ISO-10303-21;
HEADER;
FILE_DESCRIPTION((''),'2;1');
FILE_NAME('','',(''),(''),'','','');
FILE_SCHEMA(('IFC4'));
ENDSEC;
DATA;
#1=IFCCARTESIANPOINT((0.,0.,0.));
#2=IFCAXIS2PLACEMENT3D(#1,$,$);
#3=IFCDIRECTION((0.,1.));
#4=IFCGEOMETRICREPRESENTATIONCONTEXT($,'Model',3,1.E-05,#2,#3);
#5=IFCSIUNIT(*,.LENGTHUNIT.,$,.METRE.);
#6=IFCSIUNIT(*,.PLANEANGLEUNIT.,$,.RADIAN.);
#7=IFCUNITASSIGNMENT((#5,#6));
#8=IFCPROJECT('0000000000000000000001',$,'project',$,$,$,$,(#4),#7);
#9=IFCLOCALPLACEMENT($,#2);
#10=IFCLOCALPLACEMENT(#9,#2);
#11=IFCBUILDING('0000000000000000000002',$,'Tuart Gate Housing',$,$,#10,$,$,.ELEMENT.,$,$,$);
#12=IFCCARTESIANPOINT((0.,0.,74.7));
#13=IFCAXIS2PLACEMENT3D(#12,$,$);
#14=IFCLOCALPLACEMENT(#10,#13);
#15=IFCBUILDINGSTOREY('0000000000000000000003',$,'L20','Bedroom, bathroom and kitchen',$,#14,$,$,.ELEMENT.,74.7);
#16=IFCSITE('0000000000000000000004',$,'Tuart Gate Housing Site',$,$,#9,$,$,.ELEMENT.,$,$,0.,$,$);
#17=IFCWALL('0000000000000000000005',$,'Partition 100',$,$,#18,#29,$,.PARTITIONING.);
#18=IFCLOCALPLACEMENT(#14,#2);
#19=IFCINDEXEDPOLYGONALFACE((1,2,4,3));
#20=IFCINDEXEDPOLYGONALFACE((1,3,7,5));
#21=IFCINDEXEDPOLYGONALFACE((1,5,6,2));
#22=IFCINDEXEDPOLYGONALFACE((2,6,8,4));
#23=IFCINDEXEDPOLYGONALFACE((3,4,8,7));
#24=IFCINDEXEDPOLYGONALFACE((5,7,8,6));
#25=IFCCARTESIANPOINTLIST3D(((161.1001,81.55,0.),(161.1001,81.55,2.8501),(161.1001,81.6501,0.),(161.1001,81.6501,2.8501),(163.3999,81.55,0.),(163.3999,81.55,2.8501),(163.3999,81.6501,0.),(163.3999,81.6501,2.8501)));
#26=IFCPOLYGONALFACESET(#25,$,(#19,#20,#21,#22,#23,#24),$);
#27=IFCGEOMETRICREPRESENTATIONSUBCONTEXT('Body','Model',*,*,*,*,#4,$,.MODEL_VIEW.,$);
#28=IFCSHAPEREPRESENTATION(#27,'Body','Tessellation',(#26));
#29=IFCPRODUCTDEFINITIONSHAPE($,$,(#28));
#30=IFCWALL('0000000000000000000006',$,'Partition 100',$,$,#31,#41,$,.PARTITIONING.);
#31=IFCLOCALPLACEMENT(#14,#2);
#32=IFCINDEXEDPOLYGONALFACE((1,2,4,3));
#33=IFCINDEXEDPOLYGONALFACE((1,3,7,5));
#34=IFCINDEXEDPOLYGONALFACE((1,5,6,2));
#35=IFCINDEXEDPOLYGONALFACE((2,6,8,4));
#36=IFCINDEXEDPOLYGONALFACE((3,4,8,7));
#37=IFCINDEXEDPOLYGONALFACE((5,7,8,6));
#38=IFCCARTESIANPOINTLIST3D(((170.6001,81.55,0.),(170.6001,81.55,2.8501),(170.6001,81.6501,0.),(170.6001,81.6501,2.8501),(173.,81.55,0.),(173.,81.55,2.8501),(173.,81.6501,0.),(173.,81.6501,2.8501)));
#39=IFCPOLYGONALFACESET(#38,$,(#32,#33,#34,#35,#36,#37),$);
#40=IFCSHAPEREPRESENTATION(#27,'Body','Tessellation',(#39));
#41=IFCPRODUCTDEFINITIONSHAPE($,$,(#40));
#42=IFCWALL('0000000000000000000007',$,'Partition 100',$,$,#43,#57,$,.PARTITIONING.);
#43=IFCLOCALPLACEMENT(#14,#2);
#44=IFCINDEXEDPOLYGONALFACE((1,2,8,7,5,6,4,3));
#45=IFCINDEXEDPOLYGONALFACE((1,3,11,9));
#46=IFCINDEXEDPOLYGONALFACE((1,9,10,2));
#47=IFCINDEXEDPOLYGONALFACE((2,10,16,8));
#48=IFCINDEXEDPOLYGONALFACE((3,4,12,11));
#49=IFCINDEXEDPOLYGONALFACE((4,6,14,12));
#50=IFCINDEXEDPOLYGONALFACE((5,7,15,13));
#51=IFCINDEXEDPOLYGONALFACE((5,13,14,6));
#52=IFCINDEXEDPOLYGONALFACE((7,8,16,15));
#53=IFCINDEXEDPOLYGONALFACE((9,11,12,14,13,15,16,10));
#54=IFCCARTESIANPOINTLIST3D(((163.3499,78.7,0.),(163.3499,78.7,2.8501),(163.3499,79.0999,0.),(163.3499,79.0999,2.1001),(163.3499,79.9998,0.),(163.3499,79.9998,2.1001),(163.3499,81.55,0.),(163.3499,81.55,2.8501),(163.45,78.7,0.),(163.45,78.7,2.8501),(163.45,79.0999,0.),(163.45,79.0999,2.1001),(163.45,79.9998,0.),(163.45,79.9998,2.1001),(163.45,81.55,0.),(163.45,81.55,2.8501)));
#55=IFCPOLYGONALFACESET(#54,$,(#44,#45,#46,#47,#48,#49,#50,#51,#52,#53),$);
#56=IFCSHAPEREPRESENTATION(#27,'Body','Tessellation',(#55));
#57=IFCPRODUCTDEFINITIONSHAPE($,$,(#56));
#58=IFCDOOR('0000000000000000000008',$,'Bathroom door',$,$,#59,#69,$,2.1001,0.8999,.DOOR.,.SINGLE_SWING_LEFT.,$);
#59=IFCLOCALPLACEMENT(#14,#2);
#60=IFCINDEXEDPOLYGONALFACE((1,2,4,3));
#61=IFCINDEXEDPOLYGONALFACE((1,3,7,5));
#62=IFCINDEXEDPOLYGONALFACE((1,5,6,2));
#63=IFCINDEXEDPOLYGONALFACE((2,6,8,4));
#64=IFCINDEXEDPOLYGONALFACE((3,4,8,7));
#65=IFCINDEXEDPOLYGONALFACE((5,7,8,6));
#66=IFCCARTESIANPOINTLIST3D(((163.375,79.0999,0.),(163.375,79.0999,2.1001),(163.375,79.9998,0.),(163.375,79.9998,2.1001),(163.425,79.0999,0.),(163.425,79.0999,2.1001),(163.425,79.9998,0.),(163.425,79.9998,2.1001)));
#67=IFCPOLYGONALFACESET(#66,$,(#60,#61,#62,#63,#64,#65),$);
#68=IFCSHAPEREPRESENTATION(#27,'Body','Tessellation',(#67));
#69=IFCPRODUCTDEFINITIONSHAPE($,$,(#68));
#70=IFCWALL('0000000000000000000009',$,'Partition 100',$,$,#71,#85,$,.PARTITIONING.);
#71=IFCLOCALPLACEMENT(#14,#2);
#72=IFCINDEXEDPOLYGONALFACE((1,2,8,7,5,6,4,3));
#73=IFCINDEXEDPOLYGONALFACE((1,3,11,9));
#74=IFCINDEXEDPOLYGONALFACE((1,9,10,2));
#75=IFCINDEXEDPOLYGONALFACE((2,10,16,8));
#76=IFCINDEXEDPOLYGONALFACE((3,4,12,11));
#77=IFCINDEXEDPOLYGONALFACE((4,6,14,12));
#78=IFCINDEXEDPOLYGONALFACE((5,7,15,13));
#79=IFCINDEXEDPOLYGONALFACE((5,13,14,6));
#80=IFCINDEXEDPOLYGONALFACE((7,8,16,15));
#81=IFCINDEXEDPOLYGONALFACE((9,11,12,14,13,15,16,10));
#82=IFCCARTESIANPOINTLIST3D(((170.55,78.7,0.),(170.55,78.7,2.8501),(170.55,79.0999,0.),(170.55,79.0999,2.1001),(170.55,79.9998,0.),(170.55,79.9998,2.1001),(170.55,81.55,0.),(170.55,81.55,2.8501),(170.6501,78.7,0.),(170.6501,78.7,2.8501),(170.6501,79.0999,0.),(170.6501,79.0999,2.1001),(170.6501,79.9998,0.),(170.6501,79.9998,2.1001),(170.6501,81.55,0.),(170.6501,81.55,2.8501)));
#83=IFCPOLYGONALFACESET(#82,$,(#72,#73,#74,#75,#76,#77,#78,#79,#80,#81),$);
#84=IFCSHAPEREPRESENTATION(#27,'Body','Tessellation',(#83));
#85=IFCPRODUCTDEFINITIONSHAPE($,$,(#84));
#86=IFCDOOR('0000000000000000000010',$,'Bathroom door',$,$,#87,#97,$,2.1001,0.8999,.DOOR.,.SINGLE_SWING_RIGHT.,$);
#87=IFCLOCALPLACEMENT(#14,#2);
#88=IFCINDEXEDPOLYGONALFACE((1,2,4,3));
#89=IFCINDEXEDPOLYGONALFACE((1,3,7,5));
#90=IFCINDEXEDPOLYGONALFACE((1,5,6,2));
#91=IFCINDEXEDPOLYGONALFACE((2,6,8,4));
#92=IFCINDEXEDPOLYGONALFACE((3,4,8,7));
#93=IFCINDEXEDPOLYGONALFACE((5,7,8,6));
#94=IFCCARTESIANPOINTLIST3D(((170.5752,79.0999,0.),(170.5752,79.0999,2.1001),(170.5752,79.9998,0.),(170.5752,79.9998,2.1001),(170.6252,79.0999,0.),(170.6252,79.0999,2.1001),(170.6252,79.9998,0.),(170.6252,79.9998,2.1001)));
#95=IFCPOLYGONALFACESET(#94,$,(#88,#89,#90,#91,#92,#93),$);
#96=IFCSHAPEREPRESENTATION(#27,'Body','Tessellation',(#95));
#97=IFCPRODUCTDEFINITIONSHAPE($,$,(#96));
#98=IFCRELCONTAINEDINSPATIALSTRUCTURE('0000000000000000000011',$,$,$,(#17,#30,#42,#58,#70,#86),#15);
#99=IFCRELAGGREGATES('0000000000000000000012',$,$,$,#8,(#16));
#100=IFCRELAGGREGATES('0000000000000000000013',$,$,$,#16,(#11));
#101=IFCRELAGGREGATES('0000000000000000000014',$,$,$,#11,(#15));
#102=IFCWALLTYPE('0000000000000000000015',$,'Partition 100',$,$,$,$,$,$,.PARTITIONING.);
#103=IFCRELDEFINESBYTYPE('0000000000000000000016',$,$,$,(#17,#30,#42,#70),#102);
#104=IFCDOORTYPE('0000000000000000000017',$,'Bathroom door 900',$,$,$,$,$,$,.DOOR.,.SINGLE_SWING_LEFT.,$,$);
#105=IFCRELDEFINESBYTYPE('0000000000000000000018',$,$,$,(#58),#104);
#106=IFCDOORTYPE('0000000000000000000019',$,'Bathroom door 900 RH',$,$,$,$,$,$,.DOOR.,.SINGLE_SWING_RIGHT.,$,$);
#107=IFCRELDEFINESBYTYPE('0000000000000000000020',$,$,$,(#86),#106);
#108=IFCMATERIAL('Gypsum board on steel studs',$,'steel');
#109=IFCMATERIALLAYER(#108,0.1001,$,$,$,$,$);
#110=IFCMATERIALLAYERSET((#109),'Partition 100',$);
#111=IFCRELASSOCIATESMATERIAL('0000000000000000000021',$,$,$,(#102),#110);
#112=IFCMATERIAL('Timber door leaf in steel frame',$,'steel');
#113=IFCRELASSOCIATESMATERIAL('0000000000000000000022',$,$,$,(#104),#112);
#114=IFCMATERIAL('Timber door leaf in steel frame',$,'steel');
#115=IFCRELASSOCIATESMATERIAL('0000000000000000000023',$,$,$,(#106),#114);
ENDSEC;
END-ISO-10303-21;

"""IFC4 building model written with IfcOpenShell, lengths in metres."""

from ifc_helpers import new_model, si_unit, direction, frame, frame_2d, origin, place, context, subcontext, project, spatial, rectangle, extrude, material, layer, layer_set, type_object, element, fill, save


model = new_model("IFC4")

# Units and contexts
model_context = context("Model", 3, precision=1e-05, world=origin(), true_north=direction((0.0, 1.0)))
body_context = subcontext(model_context, "Body", "Model", "MODEL_VIEW")
ifc_project = project(units=[si_unit("LENGTHUNIT", "METRE"), si_unit("PLANEANGLEUNIT", "RADIAN")], contexts=[model_context])

# Site, building, storey
site_placement = place(None, origin())
site = spatial("IfcSite", under=ifc_project, at=site_placement, Name="Tuart Gate Housing Site", CompositionType="ELEMENT", RefElevation=0.0)
building_placement = place(site_placement, origin())
building = spatial("IfcBuilding", under=site, at=building_placement, Name="Tuart Gate Housing", CompositionType="ELEMENT")
storey_placement = place(building_placement, frame((0.0, 0.0, 74.7)))
storey = spatial("IfcBuildingStorey", under=building, at=storey_placement, Name="L20", Description="Bedroom, bathroom and kitchen", CompositionType="ELEMENT", Elevation=74.7)

# Walls
ifc_material_1 = material(Name="Gypsum board on steel studs", Category="steel")
ifc_layer = layer(ifc_material_1, 0.1001)
ifc_layer_set = layer_set([ifc_layer], Name="Partition 100")
wall_type = type_object("IfcWallType", Name="Partition 100", PredefinedType="PARTITIONING", material=ifc_layer_set)
wall_1_placement = place(storey_placement, frame((161.1001, 81.6001, 0.0), z_axis=(0.0, 0.0, 1.0), x_axis=(1.0, 0.0, 0.0)))
element("IfcWall", 1, at=wall_1_placement, inside=storey, type_object=wall_type, Name="Partition 100", PredefinedType="PARTITIONING", context=body_context, shape_type="SweptSolid", body=[
    extrude(rectangle(XDim=2.2998, YDim=0.1001, at=frame_2d((1.1499, 0.0))), origin(), (0.0, 0.0, 1.0), 2.8501),
])
wall_2_placement = place(storey_placement, frame((170.6001, 81.6001, 0.0), z_axis=(0.0, 0.0, 1.0), x_axis=(1.0, 0.0, 0.0)))
element("IfcWall", 2, at=wall_2_placement, inside=storey, type_object=wall_type, Name="Partition 100", PredefinedType="PARTITIONING", context=body_context, shape_type="SweptSolid", body=[
    extrude(rectangle(XDim=2.3999, YDim=0.1001, at=frame_2d((1.2, 0.0))), origin(), (0.0, 0.0, 1.0), 2.8501),
])

# Walls, openings, doors
wall_3_placement = place(storey_placement, frame((163.3999, 78.7, 0.0), z_axis=(0.0, 0.0, 1.0), x_axis=(0.0, 1.0, 0.0)))
wall_3 = element("IfcWall", 3, at=wall_3_placement, inside=storey, type_object=wall_type, Name="Partition 100", PredefinedType="PARTITIONING", context=body_context, shape_type="SweptSolid", body=[
    extrude(rectangle(XDim=2.8501, YDim=0.1001, at=frame_2d((1.425, 0.0))), origin(), (0.0, 0.0, 1.0), 2.8501),
])
opening_1_placement = place(wall_3_placement, frame((0.3999, 0.0, 0.0)))
opening_1 = element("IfcOpeningElement", 4, at=opening_1_placement, cuts=wall_3, PredefinedType="OPENING", context=body_context, shape_type="SweptSolid", body=[
    extrude(rectangle(XDim=0.8999, YDim=2.1001, at=frame_2d((0.45, 1.05))), frame((0.0, 0.0601, 0.0), z_axis=(0.0, -1.0, 0.0), x_axis=(1.0, 0.0, 0.0)), (0.0, 0.0, 1.0), 0.1201),
])
ifc_material_2 = material(Name="Timber door leaf in steel frame", Category="steel")
door_type_1 = type_object("IfcDoorType", Name="Bathroom door 900", OperationType="SINGLE_SWING_LEFT", PredefinedType="DOOR", material=ifc_material_2)
door_1_placement = place(opening_1_placement, origin())
door_1 = element("IfcDoor", 5, at=door_1_placement, inside=storey, type_object=door_type_1, Name="Bathroom door", OperationType="SINGLE_SWING_LEFT", OverallHeight=2.1001, OverallWidth=0.8999, PredefinedType="DOOR", context=body_context, shape_type="SweptSolid", body=[
    extrude(rectangle(XDim=0.8999, YDim=2.1001, at=frame_2d((0.45, 1.05))), frame((0.0, 0.0249, 0.0), z_axis=(0.0, -1.0, 0.0), x_axis=(1.0, 0.0, 0.0)), (0.0, 0.0, 1.0), 0.05),
])
fill(opening_1, door_1)
wall_4_placement = place(storey_placement, frame((170.6001, 78.7, 0.0), z_axis=(0.0, 0.0, 1.0), x_axis=(0.0, 1.0, 0.0)))
wall_4 = element("IfcWall", 6, at=wall_4_placement, inside=storey, type_object=wall_type, Name="Partition 100", PredefinedType="PARTITIONING", context=body_context, shape_type="SweptSolid", body=[
    extrude(rectangle(XDim=2.8501, YDim=0.1001, at=frame_2d((1.425, 0.0))), origin(), (0.0, 0.0, 1.0), 2.8501),
])
opening_2_placement = place(wall_4_placement, frame((0.3999, 0.0, 0.0)))
opening_2 = element("IfcOpeningElement", 7, at=opening_2_placement, cuts=wall_4, PredefinedType="OPENING", context=body_context, shape_type="SweptSolid", body=[
    extrude(rectangle(XDim=0.8999, YDim=2.1001, at=frame_2d((0.45, 1.05))), frame((0.0, 0.0601, 0.0), z_axis=(0.0, -1.0, 0.0), x_axis=(1.0, 0.0, 0.0)), (0.0, 0.0, 1.0), 0.1201),
])
ifc_material_3 = material(Name="Timber door leaf in steel frame", Category="steel")
door_type_2 = type_object("IfcDoorType", Name="Bathroom door 900 RH", OperationType="SINGLE_SWING_RIGHT", PredefinedType="DOOR", material=ifc_material_3)
door_2_placement = place(opening_2_placement, frame((0.8999, 0.0, 0.0), z_axis=(0.0, 0.0, 1.0), x_axis=(-1.0, 0.0, 0.0)))
door_2 = element("IfcDoor", 8, at=door_2_placement, inside=storey, type_object=door_type_2, Name="Bathroom door", OperationType="SINGLE_SWING_RIGHT", OverallHeight=2.1001, OverallWidth=0.8999, PredefinedType="DOOR", context=body_context, shape_type="SweptSolid", body=[
    extrude(rectangle(XDim=0.8999, YDim=2.1001, at=frame_2d((0.45, 1.05))), frame((0.0, 0.0251, 0.0), z_axis=(0.0, -1.0, 0.0), x_axis=(1.0, 0.0, 0.0)), (0.0, 0.0, 1.0), 0.05),
])
fill(opening_2, door_2)

save(model, "model.ifc")
